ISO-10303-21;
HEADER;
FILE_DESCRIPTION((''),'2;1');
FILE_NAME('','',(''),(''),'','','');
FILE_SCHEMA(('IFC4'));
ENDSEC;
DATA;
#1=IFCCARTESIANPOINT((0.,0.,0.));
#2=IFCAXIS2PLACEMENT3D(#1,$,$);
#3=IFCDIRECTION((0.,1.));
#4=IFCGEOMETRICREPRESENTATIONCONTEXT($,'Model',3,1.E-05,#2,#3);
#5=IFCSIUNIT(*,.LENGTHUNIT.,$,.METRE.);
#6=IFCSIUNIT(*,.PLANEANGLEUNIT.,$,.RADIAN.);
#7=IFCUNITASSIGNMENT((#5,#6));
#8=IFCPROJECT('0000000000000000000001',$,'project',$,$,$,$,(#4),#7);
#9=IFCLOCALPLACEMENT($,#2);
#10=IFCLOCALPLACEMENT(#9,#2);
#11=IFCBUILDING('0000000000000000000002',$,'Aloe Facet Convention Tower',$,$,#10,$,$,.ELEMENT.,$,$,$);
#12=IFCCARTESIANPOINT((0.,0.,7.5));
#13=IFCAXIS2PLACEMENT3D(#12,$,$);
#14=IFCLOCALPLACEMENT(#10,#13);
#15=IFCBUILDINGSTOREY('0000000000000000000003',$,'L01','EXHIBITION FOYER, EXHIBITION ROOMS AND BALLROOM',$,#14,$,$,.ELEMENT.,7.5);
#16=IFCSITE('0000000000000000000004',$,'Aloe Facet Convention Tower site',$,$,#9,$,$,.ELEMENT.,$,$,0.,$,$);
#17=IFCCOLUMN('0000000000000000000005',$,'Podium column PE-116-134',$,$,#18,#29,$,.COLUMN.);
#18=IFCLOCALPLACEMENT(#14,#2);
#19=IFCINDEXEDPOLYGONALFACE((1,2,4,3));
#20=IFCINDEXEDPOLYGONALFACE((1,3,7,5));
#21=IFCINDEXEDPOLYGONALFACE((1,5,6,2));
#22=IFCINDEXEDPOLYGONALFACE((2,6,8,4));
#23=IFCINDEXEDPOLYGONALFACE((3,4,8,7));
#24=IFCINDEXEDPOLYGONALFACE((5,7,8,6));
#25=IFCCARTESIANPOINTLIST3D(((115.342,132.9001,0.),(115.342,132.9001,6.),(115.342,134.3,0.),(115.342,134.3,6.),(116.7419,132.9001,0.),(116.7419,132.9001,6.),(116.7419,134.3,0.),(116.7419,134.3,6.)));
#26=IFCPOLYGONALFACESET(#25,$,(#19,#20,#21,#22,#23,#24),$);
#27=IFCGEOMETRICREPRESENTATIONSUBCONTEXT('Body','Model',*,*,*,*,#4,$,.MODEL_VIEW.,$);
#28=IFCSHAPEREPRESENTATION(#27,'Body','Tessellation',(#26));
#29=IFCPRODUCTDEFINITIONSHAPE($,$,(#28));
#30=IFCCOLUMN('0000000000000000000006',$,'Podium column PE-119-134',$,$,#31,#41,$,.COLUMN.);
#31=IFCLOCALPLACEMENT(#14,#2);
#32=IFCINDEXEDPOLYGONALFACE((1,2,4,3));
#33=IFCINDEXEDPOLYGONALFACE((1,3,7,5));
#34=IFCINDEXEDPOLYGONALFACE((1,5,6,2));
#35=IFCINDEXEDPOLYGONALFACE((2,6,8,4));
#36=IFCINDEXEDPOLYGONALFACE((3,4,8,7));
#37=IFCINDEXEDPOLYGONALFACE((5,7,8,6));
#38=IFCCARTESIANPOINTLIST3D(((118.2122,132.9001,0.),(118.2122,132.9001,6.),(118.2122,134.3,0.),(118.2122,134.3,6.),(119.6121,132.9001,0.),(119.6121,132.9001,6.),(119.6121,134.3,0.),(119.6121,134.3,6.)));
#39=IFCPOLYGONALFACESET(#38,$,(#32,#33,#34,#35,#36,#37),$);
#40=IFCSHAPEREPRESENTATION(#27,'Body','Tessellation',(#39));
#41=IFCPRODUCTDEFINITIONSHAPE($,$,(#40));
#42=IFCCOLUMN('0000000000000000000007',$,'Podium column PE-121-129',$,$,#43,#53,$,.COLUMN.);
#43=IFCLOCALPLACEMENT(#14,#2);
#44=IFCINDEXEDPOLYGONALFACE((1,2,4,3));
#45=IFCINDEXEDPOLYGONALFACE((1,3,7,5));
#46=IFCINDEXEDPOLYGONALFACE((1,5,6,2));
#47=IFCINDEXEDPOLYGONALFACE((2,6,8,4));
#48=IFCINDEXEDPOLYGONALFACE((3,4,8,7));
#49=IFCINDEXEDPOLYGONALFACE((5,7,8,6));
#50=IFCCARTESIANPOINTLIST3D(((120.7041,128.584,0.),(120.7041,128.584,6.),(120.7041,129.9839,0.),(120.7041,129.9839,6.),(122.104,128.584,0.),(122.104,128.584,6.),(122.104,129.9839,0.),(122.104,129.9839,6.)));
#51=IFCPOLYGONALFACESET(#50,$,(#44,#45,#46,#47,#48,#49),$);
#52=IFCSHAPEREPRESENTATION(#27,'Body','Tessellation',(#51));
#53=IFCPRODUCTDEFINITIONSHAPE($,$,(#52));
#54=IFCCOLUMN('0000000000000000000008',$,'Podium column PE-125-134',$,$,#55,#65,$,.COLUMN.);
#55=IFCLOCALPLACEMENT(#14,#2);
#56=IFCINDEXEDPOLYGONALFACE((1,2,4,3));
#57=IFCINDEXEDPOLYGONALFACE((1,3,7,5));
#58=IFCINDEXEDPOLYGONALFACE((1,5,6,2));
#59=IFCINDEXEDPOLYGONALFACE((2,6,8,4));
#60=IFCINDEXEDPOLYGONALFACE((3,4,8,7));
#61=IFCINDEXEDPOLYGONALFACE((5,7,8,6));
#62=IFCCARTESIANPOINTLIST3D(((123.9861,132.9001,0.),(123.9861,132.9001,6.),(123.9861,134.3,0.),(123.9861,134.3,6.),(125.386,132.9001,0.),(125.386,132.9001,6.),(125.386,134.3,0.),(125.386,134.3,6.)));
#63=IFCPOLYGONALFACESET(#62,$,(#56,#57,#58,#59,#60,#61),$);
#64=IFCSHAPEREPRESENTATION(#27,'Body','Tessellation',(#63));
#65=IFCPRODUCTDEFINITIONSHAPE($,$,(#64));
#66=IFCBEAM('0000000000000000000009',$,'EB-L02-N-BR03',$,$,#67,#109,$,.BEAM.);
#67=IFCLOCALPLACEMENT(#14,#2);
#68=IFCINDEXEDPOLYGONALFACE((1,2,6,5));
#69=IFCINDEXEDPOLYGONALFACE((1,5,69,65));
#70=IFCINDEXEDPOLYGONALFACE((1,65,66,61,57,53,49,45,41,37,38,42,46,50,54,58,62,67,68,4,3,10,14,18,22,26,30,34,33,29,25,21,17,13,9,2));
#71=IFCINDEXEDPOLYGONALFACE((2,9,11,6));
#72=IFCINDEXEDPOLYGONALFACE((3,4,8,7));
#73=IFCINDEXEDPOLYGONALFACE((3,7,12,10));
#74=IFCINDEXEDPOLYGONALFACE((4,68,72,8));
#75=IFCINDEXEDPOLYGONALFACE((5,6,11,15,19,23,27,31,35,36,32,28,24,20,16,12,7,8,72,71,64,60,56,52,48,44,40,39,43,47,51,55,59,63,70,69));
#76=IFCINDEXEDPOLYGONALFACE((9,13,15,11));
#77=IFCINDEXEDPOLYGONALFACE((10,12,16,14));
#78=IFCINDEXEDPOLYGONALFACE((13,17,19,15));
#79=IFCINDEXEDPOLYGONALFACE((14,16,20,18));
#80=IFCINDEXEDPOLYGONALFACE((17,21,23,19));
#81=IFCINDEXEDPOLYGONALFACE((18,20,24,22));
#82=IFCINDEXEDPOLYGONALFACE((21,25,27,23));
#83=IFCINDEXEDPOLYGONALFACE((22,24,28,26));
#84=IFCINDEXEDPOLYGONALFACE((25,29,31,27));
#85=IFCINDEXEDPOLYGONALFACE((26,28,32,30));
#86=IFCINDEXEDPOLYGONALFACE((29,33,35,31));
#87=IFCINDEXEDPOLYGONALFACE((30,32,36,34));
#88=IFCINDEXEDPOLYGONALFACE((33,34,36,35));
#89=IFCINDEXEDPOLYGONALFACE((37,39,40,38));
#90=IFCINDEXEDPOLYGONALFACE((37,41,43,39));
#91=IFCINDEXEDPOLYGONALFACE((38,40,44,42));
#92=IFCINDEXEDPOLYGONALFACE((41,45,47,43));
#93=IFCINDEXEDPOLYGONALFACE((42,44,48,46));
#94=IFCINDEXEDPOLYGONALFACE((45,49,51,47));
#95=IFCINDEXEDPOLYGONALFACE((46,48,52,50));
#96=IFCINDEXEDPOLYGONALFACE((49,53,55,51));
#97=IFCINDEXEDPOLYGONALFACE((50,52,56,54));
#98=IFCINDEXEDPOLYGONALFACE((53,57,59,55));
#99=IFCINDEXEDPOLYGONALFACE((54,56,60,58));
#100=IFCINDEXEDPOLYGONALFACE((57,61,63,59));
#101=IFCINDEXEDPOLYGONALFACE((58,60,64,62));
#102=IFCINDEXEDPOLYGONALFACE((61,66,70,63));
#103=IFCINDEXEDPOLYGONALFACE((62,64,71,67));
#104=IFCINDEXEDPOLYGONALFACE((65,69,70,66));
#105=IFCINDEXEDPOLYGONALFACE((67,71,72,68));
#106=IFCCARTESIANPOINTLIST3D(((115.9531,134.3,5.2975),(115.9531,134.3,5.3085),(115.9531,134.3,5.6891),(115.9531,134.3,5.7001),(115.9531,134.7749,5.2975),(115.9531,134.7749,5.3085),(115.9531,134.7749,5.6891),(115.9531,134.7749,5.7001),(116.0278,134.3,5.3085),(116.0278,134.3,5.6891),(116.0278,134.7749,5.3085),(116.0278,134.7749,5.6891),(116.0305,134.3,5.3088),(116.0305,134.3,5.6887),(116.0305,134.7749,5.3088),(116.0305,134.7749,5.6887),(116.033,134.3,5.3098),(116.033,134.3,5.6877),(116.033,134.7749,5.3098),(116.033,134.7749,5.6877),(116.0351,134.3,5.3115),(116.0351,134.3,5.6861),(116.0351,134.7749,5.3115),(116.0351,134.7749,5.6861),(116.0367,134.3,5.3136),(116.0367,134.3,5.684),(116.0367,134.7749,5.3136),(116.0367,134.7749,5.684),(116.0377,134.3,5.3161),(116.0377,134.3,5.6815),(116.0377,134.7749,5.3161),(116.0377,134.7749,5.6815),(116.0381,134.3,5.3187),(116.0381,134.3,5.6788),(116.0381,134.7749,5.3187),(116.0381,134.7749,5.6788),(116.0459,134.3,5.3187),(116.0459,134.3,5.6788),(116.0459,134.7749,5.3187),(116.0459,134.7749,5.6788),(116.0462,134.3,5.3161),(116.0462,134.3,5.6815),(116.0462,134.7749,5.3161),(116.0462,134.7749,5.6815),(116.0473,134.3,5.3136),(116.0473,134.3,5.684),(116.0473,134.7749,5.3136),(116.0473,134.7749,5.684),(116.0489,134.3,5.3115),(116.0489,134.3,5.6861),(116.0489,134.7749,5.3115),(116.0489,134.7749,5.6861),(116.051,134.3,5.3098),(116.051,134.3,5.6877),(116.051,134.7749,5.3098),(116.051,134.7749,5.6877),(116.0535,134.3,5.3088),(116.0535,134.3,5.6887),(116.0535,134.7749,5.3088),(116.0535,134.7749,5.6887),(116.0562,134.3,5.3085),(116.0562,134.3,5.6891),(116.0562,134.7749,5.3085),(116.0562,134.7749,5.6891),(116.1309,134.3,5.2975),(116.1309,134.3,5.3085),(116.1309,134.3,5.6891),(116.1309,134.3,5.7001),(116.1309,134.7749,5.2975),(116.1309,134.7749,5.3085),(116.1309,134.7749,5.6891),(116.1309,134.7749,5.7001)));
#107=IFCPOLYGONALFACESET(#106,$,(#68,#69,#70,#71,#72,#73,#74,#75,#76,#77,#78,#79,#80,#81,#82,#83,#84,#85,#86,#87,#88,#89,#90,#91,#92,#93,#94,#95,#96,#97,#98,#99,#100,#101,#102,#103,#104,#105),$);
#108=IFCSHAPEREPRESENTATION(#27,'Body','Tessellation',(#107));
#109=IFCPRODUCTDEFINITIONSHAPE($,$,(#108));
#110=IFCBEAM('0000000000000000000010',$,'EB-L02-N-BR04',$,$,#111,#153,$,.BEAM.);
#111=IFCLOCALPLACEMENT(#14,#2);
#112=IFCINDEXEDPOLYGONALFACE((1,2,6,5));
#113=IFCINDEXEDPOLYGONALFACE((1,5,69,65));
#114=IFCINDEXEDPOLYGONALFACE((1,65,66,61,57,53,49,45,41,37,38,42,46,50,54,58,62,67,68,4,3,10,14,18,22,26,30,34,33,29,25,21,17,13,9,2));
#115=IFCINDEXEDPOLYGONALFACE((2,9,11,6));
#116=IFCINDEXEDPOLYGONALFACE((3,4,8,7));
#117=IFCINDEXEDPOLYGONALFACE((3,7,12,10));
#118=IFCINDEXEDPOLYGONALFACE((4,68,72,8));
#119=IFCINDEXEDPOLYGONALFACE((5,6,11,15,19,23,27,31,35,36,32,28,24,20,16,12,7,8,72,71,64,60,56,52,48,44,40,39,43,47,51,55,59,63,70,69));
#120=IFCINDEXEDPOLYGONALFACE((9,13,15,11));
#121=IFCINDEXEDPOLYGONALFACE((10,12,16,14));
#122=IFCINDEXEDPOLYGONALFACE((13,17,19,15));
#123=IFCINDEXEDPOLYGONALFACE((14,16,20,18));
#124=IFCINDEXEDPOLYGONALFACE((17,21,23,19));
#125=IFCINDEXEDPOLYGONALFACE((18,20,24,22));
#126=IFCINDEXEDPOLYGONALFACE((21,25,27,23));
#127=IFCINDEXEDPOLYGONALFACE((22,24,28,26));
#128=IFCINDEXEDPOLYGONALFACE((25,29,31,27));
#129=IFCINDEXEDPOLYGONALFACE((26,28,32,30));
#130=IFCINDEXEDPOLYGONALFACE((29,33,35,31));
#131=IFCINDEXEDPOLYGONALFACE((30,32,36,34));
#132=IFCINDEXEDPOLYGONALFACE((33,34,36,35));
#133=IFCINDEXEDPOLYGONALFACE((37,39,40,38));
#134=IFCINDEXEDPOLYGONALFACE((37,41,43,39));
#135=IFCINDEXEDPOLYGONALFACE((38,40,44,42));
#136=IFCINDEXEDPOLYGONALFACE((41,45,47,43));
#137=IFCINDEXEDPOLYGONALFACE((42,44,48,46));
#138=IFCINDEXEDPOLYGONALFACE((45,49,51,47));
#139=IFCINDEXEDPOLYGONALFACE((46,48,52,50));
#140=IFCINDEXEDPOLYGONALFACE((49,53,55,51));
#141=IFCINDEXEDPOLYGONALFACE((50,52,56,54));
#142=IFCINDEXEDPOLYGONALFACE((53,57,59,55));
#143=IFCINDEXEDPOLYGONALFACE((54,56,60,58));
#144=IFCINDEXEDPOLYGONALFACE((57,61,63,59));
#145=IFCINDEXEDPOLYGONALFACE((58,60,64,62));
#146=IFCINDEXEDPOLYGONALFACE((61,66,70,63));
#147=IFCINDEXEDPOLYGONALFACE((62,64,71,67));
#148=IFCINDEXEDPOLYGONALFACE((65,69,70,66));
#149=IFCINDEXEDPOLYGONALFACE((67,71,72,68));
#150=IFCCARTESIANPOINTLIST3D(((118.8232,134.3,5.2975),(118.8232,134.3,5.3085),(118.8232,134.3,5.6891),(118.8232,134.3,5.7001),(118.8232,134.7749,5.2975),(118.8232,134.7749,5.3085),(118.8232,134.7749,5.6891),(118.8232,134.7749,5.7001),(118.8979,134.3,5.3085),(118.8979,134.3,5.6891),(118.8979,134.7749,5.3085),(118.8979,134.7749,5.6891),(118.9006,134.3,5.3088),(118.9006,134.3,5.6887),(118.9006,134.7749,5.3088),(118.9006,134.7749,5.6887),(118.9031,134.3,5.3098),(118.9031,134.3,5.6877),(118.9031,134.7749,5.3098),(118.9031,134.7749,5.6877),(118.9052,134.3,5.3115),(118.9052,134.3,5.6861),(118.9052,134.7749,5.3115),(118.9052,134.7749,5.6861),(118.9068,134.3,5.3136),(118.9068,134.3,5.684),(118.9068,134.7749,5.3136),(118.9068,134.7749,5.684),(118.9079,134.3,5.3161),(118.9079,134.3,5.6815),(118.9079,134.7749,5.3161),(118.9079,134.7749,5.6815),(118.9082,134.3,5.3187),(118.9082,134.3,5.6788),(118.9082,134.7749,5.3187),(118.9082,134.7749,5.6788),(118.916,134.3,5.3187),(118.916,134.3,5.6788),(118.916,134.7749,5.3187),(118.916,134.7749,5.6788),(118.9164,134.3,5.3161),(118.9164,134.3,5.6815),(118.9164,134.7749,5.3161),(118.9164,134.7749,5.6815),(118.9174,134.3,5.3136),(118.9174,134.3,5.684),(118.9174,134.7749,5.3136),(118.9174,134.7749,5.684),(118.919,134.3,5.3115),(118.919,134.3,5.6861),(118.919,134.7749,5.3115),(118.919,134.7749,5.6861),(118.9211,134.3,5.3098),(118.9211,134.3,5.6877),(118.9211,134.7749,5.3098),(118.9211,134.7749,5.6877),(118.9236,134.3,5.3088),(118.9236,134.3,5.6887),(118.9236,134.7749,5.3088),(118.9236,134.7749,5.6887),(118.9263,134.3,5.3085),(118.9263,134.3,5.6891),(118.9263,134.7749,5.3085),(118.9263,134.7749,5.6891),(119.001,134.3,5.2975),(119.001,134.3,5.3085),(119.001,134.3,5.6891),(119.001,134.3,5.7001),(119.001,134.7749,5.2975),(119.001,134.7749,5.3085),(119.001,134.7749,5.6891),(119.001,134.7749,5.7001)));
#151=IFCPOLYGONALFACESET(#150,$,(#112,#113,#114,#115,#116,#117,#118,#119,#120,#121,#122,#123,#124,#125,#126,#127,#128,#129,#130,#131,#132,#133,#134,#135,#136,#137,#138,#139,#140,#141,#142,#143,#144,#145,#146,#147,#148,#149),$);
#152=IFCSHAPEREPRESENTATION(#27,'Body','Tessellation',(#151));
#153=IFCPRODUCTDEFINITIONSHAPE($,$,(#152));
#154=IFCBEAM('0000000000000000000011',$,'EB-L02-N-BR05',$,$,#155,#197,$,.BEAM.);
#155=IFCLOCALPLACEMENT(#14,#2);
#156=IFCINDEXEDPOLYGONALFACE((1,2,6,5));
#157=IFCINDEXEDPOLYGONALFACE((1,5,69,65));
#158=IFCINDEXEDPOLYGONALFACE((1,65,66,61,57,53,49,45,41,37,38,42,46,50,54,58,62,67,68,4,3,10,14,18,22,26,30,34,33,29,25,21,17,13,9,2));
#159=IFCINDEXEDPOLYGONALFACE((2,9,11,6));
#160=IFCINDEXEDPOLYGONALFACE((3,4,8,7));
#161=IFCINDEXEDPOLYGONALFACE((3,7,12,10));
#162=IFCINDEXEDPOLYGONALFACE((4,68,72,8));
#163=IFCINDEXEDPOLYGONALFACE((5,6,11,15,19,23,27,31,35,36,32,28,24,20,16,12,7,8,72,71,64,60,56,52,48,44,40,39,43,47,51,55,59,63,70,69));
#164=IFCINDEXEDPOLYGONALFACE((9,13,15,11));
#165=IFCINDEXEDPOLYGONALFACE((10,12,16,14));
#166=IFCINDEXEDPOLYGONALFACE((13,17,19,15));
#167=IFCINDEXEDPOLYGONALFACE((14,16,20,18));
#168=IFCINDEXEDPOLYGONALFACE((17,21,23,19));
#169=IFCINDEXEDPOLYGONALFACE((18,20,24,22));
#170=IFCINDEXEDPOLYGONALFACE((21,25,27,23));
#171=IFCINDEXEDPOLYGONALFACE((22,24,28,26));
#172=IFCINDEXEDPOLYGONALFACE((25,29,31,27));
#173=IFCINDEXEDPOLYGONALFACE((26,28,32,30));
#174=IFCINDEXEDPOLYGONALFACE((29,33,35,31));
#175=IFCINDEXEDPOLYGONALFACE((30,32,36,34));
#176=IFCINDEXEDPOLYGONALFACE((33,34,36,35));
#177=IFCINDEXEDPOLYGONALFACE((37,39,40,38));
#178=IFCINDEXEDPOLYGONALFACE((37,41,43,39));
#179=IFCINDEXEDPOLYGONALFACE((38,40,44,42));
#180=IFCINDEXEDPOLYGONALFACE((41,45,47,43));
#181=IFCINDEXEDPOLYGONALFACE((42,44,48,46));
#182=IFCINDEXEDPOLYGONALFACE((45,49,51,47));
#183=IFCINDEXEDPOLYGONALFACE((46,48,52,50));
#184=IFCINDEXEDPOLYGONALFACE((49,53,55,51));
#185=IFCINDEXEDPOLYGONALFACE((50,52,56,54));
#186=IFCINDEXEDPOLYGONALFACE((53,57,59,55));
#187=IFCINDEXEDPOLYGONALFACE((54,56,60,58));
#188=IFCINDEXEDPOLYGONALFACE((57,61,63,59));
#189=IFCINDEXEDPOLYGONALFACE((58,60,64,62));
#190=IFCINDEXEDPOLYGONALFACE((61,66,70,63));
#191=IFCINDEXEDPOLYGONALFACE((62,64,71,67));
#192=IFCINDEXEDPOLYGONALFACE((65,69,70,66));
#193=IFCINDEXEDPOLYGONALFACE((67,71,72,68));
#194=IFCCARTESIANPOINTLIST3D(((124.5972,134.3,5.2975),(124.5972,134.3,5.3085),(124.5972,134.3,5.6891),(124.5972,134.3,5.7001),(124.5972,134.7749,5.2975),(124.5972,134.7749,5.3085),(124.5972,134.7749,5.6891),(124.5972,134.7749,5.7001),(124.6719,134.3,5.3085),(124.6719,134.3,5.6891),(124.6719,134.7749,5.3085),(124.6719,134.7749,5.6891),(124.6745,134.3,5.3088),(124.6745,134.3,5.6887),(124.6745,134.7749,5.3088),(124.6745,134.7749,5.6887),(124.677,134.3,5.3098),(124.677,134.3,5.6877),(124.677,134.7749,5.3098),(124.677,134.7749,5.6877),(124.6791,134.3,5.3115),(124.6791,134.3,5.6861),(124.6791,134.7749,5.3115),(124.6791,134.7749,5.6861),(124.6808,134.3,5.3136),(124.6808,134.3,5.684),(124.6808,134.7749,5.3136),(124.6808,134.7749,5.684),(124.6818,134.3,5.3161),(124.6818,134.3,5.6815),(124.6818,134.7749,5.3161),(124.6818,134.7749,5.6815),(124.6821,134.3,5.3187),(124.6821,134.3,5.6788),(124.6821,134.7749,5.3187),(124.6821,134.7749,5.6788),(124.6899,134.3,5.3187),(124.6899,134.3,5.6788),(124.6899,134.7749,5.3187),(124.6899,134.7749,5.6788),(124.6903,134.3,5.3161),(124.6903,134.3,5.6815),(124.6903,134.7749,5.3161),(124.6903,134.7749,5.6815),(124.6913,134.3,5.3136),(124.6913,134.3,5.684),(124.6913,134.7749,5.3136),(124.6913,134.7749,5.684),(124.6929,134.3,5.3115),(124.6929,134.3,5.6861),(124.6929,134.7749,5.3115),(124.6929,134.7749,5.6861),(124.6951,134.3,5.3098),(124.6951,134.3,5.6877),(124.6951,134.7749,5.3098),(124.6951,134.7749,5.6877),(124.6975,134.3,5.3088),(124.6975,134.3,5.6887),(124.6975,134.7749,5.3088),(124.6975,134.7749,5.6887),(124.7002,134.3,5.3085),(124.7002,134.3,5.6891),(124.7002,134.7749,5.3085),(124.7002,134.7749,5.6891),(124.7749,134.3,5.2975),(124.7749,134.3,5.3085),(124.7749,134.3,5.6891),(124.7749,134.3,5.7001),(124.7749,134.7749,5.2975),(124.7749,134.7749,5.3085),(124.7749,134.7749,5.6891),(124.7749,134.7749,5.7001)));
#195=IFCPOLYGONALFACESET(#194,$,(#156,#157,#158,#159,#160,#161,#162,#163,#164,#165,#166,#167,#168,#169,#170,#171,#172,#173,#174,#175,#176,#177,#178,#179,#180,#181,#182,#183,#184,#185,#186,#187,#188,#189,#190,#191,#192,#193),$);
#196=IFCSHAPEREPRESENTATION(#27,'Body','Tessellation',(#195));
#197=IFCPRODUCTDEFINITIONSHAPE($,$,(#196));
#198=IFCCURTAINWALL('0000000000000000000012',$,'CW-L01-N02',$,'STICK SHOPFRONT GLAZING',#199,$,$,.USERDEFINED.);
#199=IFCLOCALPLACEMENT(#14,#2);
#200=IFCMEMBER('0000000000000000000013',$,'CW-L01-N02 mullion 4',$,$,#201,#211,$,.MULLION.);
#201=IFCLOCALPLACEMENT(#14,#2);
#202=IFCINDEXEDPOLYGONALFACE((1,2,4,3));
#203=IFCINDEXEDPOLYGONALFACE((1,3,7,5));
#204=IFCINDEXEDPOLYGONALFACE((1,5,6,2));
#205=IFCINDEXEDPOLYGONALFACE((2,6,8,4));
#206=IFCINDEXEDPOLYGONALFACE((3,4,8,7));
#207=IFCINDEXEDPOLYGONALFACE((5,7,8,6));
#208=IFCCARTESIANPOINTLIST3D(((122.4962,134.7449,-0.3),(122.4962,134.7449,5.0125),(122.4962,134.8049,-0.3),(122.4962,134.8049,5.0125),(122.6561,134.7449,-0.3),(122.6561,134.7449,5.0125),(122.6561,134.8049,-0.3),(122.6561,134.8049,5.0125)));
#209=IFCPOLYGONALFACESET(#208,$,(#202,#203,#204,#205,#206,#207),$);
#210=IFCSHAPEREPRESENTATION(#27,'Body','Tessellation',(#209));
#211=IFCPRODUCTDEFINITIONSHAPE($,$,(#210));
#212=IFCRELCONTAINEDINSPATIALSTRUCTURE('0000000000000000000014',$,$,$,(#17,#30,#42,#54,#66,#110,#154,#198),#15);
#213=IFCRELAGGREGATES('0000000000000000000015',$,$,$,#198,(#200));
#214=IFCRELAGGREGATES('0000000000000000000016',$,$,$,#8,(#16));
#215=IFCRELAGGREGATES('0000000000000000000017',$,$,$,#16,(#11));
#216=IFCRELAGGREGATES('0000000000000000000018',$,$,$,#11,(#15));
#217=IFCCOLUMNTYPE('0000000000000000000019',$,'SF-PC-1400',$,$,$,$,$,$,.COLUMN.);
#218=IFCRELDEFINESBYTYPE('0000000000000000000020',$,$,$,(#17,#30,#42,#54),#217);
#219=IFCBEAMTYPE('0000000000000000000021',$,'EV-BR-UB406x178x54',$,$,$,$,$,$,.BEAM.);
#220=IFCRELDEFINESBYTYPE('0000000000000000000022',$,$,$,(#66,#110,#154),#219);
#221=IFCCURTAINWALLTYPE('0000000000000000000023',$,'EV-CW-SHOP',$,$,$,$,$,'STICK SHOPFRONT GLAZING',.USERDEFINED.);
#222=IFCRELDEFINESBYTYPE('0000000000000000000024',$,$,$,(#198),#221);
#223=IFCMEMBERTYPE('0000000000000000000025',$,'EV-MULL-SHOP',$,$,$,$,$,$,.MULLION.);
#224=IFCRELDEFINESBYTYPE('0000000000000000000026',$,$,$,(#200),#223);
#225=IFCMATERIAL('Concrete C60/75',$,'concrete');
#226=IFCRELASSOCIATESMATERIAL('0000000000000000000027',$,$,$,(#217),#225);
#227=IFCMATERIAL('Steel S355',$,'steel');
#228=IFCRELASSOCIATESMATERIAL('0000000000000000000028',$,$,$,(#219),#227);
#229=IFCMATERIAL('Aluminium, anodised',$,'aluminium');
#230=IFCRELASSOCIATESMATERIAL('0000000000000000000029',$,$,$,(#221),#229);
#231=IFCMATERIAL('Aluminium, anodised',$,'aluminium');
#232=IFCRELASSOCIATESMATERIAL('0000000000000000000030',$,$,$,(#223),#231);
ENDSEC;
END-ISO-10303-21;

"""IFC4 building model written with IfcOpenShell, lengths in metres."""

from ifc_helpers import new_model, si_unit, direction, frame, origin, origin_2d, place, context, subcontext, project, spatial, rectangle, i_section, extrude, material, material_profile, profile_set, type_object, element, aggregate, save


model = new_model("IFC4")

# Units and contexts
model_context = context("Model", 3, precision=1e-05, world=origin(), true_north=direction((0.0, 1.0)))
body_context = subcontext(model_context, "Body", "Model", "MODEL_VIEW")
ifc_project = project(units=[si_unit("LENGTHUNIT", "METRE"), si_unit("PLANEANGLEUNIT", "RADIAN")], contexts=[model_context])

# Site, building, storey
site_placement = place(None, origin())
site = spatial("IfcSite", under=ifc_project, at=site_placement, Name="Aloe Facet Convention Tower site", CompositionType="ELEMENT", RefElevation=0.0)
building_placement = place(site_placement, origin())
building = spatial("IfcBuilding", under=site, at=building_placement, Name="Aloe Facet Convention Tower", CompositionType="ELEMENT")
storey_placement = place(building_placement, frame((0.0, 0.0, 7.5)))
storey = spatial("IfcBuildingStorey", under=building, at=storey_placement, Name="L01", Description="EXHIBITION FOYER, EXHIBITION ROOMS AND BALLROOM", CompositionType="ELEMENT", Elevation=7.5)

# Columns
ifc_material_1 = material(Name="Concrete C60/75", Category="concrete")
ifc_material_profile_1 = material_profile(ifc_material_1, rectangle(XDim=1.3999, YDim=1.3999, at=origin_2d()), Name="SF-PC-1400")
ifc_profile_set_1 = profile_set([ifc_material_profile_1], Name="Concrete C60/75")
column_type = type_object("IfcColumnType", Name="SF-PC-1400", PredefinedType="COLUMN", material=ifc_profile_set_1)
for number, where, z_axis, x_axis, name in (
    (1, (116.042, 133.6001, 0.0), (0.0, 0.0, 1.0), (1.0, 0.0, 0.0), "Podium column PE-116-134"),
    (2, (118.9121, 133.6001, 0.0), (0.0, 0.0, 1.0), (1.0, 0.0, 0.0), "Podium column PE-119-134"),
    (3, (121.4041, 129.2839, 0.0), (0.0, 0.0, 1.0), (1.0, 0.0, 0.0), "Podium column PE-121-129"),
    (4, (124.686, 133.6001, 0.0), (0.0, 0.0, 1.0), (1.0, 0.0, 0.0), "Podium column PE-125-134"),
):
    element("IfcColumn", number, at=place(storey_placement, frame(where, z_axis=z_axis, x_axis=x_axis)), inside=storey, type_object=column_type, Name=name, PredefinedType="COLUMN", context=body_context, shape_type="SweptSolid", body=[
        extrude(rectangle(XDim=1.3999, YDim=1.3999, at=origin_2d()), origin(), (0.0, 0.0, 1.0), 6.0),
    ])

# Beams
ifc_material_2 = material(Name="Steel S355", Category="steel")
ifc_material_profile_2 = material_profile(ifc_material_2, i_section(OverallWidth=0.1777, OverallDepth=0.4026, WebThickness=0.0078, FlangeThickness=0.011, FilletRadius=0.0103, at=origin_2d()), Name="UB 406x178x54")
ifc_profile_set_2 = profile_set([ifc_material_profile_2], Name="Steel S355")
beam_type_1 = type_object("IfcBeamType", Name="EV-BR-UB406x178x54", PredefinedType="BEAM", material=ifc_profile_set_2)
for number, where, z_axis, x_axis, name in (
    (5, (116.042, 134.3, 5.4988), (0.0, 1.0, 0.0), (-1.0, 0.0, 0.0), "EB-L02-N-BR03"),
    (6, (118.9121, 134.3, 5.4988), (0.0, 1.0, 0.0), (-1.0, 0.0, 0.0), "EB-L02-N-BR04"),
    (7, (124.686, 134.3, 5.4988), (0.0, 1.0, 0.0), (-1.0, 0.0, 0.0), "EB-L02-N-BR05"),
):
    element("IfcBeam", number, at=place(storey_placement, frame(where, z_axis=z_axis, x_axis=x_axis)), inside=storey, type_object=beam_type_1, Name=name, PredefinedType="BEAM", context=body_context, shape_type="SweptSolid", body=[
        extrude(i_section(OverallWidth=0.1777, OverallDepth=0.4026, WebThickness=0.0078, FlangeThickness=0.011, FilletRadius=0.0103, at=origin_2d()), origin(), (0.0, 0.0, 1.0), 0.4749),
    ])

# Curtain wall, member
ifc_material_3 = material(Name="Aluminium, anodised", Category="aluminium")
curtain_wall_type = type_object("IfcCurtainWallType", Name="EV-CW-SHOP", ElementType="STICK SHOPFRONT GLAZING", PredefinedType="USERDEFINED", material=ifc_material_3)
curtain_wall_1_placement = place(storey_placement, origin())
curtain_wall_1 = element("IfcCurtainWall", 8, at=curtain_wall_1_placement, inside=storey, type_object=curtain_wall_type, Name="CW-L01-N02", ObjectType="STICK SHOPFRONT GLAZING", PredefinedType="USERDEFINED")
ifc_material_4 = material(Name="Aluminium, anodised", Category="aluminium")
ifc_material_profile_3 = material_profile(ifc_material_4, rectangle(XDim=0.0601, YDim=0.1599, at=origin_2d()), Name="AL 60x160")
ifc_profile_set_3 = profile_set([ifc_material_profile_3], Name="Aluminium, anodised")
member_type_1 = type_object("IfcMemberType", Name="EV-MULL-SHOP", PredefinedType="MULLION", material=ifc_profile_set_3)
member_1_placement = place(storey_placement, frame((122.5762, 134.7749, -0.3), z_axis=(0.0, 0.0, 1.0), x_axis=(0.0, -1.0, 0.0)))
member_1 = element("IfcMember", 9, at=member_1_placement, type_object=member_type_1, Name="CW-L01-N02 mullion 4", PredefinedType="MULLION", context=body_context, shape_type="SweptSolid", body=[
    extrude(rectangle(XDim=0.0601, YDim=0.1599, at=origin_2d()), origin(), (0.0, 0.0, 1.0), 5.3125),
])

aggregate(curtain_wall_1, [member_1])

save(model, "model.ifc")
